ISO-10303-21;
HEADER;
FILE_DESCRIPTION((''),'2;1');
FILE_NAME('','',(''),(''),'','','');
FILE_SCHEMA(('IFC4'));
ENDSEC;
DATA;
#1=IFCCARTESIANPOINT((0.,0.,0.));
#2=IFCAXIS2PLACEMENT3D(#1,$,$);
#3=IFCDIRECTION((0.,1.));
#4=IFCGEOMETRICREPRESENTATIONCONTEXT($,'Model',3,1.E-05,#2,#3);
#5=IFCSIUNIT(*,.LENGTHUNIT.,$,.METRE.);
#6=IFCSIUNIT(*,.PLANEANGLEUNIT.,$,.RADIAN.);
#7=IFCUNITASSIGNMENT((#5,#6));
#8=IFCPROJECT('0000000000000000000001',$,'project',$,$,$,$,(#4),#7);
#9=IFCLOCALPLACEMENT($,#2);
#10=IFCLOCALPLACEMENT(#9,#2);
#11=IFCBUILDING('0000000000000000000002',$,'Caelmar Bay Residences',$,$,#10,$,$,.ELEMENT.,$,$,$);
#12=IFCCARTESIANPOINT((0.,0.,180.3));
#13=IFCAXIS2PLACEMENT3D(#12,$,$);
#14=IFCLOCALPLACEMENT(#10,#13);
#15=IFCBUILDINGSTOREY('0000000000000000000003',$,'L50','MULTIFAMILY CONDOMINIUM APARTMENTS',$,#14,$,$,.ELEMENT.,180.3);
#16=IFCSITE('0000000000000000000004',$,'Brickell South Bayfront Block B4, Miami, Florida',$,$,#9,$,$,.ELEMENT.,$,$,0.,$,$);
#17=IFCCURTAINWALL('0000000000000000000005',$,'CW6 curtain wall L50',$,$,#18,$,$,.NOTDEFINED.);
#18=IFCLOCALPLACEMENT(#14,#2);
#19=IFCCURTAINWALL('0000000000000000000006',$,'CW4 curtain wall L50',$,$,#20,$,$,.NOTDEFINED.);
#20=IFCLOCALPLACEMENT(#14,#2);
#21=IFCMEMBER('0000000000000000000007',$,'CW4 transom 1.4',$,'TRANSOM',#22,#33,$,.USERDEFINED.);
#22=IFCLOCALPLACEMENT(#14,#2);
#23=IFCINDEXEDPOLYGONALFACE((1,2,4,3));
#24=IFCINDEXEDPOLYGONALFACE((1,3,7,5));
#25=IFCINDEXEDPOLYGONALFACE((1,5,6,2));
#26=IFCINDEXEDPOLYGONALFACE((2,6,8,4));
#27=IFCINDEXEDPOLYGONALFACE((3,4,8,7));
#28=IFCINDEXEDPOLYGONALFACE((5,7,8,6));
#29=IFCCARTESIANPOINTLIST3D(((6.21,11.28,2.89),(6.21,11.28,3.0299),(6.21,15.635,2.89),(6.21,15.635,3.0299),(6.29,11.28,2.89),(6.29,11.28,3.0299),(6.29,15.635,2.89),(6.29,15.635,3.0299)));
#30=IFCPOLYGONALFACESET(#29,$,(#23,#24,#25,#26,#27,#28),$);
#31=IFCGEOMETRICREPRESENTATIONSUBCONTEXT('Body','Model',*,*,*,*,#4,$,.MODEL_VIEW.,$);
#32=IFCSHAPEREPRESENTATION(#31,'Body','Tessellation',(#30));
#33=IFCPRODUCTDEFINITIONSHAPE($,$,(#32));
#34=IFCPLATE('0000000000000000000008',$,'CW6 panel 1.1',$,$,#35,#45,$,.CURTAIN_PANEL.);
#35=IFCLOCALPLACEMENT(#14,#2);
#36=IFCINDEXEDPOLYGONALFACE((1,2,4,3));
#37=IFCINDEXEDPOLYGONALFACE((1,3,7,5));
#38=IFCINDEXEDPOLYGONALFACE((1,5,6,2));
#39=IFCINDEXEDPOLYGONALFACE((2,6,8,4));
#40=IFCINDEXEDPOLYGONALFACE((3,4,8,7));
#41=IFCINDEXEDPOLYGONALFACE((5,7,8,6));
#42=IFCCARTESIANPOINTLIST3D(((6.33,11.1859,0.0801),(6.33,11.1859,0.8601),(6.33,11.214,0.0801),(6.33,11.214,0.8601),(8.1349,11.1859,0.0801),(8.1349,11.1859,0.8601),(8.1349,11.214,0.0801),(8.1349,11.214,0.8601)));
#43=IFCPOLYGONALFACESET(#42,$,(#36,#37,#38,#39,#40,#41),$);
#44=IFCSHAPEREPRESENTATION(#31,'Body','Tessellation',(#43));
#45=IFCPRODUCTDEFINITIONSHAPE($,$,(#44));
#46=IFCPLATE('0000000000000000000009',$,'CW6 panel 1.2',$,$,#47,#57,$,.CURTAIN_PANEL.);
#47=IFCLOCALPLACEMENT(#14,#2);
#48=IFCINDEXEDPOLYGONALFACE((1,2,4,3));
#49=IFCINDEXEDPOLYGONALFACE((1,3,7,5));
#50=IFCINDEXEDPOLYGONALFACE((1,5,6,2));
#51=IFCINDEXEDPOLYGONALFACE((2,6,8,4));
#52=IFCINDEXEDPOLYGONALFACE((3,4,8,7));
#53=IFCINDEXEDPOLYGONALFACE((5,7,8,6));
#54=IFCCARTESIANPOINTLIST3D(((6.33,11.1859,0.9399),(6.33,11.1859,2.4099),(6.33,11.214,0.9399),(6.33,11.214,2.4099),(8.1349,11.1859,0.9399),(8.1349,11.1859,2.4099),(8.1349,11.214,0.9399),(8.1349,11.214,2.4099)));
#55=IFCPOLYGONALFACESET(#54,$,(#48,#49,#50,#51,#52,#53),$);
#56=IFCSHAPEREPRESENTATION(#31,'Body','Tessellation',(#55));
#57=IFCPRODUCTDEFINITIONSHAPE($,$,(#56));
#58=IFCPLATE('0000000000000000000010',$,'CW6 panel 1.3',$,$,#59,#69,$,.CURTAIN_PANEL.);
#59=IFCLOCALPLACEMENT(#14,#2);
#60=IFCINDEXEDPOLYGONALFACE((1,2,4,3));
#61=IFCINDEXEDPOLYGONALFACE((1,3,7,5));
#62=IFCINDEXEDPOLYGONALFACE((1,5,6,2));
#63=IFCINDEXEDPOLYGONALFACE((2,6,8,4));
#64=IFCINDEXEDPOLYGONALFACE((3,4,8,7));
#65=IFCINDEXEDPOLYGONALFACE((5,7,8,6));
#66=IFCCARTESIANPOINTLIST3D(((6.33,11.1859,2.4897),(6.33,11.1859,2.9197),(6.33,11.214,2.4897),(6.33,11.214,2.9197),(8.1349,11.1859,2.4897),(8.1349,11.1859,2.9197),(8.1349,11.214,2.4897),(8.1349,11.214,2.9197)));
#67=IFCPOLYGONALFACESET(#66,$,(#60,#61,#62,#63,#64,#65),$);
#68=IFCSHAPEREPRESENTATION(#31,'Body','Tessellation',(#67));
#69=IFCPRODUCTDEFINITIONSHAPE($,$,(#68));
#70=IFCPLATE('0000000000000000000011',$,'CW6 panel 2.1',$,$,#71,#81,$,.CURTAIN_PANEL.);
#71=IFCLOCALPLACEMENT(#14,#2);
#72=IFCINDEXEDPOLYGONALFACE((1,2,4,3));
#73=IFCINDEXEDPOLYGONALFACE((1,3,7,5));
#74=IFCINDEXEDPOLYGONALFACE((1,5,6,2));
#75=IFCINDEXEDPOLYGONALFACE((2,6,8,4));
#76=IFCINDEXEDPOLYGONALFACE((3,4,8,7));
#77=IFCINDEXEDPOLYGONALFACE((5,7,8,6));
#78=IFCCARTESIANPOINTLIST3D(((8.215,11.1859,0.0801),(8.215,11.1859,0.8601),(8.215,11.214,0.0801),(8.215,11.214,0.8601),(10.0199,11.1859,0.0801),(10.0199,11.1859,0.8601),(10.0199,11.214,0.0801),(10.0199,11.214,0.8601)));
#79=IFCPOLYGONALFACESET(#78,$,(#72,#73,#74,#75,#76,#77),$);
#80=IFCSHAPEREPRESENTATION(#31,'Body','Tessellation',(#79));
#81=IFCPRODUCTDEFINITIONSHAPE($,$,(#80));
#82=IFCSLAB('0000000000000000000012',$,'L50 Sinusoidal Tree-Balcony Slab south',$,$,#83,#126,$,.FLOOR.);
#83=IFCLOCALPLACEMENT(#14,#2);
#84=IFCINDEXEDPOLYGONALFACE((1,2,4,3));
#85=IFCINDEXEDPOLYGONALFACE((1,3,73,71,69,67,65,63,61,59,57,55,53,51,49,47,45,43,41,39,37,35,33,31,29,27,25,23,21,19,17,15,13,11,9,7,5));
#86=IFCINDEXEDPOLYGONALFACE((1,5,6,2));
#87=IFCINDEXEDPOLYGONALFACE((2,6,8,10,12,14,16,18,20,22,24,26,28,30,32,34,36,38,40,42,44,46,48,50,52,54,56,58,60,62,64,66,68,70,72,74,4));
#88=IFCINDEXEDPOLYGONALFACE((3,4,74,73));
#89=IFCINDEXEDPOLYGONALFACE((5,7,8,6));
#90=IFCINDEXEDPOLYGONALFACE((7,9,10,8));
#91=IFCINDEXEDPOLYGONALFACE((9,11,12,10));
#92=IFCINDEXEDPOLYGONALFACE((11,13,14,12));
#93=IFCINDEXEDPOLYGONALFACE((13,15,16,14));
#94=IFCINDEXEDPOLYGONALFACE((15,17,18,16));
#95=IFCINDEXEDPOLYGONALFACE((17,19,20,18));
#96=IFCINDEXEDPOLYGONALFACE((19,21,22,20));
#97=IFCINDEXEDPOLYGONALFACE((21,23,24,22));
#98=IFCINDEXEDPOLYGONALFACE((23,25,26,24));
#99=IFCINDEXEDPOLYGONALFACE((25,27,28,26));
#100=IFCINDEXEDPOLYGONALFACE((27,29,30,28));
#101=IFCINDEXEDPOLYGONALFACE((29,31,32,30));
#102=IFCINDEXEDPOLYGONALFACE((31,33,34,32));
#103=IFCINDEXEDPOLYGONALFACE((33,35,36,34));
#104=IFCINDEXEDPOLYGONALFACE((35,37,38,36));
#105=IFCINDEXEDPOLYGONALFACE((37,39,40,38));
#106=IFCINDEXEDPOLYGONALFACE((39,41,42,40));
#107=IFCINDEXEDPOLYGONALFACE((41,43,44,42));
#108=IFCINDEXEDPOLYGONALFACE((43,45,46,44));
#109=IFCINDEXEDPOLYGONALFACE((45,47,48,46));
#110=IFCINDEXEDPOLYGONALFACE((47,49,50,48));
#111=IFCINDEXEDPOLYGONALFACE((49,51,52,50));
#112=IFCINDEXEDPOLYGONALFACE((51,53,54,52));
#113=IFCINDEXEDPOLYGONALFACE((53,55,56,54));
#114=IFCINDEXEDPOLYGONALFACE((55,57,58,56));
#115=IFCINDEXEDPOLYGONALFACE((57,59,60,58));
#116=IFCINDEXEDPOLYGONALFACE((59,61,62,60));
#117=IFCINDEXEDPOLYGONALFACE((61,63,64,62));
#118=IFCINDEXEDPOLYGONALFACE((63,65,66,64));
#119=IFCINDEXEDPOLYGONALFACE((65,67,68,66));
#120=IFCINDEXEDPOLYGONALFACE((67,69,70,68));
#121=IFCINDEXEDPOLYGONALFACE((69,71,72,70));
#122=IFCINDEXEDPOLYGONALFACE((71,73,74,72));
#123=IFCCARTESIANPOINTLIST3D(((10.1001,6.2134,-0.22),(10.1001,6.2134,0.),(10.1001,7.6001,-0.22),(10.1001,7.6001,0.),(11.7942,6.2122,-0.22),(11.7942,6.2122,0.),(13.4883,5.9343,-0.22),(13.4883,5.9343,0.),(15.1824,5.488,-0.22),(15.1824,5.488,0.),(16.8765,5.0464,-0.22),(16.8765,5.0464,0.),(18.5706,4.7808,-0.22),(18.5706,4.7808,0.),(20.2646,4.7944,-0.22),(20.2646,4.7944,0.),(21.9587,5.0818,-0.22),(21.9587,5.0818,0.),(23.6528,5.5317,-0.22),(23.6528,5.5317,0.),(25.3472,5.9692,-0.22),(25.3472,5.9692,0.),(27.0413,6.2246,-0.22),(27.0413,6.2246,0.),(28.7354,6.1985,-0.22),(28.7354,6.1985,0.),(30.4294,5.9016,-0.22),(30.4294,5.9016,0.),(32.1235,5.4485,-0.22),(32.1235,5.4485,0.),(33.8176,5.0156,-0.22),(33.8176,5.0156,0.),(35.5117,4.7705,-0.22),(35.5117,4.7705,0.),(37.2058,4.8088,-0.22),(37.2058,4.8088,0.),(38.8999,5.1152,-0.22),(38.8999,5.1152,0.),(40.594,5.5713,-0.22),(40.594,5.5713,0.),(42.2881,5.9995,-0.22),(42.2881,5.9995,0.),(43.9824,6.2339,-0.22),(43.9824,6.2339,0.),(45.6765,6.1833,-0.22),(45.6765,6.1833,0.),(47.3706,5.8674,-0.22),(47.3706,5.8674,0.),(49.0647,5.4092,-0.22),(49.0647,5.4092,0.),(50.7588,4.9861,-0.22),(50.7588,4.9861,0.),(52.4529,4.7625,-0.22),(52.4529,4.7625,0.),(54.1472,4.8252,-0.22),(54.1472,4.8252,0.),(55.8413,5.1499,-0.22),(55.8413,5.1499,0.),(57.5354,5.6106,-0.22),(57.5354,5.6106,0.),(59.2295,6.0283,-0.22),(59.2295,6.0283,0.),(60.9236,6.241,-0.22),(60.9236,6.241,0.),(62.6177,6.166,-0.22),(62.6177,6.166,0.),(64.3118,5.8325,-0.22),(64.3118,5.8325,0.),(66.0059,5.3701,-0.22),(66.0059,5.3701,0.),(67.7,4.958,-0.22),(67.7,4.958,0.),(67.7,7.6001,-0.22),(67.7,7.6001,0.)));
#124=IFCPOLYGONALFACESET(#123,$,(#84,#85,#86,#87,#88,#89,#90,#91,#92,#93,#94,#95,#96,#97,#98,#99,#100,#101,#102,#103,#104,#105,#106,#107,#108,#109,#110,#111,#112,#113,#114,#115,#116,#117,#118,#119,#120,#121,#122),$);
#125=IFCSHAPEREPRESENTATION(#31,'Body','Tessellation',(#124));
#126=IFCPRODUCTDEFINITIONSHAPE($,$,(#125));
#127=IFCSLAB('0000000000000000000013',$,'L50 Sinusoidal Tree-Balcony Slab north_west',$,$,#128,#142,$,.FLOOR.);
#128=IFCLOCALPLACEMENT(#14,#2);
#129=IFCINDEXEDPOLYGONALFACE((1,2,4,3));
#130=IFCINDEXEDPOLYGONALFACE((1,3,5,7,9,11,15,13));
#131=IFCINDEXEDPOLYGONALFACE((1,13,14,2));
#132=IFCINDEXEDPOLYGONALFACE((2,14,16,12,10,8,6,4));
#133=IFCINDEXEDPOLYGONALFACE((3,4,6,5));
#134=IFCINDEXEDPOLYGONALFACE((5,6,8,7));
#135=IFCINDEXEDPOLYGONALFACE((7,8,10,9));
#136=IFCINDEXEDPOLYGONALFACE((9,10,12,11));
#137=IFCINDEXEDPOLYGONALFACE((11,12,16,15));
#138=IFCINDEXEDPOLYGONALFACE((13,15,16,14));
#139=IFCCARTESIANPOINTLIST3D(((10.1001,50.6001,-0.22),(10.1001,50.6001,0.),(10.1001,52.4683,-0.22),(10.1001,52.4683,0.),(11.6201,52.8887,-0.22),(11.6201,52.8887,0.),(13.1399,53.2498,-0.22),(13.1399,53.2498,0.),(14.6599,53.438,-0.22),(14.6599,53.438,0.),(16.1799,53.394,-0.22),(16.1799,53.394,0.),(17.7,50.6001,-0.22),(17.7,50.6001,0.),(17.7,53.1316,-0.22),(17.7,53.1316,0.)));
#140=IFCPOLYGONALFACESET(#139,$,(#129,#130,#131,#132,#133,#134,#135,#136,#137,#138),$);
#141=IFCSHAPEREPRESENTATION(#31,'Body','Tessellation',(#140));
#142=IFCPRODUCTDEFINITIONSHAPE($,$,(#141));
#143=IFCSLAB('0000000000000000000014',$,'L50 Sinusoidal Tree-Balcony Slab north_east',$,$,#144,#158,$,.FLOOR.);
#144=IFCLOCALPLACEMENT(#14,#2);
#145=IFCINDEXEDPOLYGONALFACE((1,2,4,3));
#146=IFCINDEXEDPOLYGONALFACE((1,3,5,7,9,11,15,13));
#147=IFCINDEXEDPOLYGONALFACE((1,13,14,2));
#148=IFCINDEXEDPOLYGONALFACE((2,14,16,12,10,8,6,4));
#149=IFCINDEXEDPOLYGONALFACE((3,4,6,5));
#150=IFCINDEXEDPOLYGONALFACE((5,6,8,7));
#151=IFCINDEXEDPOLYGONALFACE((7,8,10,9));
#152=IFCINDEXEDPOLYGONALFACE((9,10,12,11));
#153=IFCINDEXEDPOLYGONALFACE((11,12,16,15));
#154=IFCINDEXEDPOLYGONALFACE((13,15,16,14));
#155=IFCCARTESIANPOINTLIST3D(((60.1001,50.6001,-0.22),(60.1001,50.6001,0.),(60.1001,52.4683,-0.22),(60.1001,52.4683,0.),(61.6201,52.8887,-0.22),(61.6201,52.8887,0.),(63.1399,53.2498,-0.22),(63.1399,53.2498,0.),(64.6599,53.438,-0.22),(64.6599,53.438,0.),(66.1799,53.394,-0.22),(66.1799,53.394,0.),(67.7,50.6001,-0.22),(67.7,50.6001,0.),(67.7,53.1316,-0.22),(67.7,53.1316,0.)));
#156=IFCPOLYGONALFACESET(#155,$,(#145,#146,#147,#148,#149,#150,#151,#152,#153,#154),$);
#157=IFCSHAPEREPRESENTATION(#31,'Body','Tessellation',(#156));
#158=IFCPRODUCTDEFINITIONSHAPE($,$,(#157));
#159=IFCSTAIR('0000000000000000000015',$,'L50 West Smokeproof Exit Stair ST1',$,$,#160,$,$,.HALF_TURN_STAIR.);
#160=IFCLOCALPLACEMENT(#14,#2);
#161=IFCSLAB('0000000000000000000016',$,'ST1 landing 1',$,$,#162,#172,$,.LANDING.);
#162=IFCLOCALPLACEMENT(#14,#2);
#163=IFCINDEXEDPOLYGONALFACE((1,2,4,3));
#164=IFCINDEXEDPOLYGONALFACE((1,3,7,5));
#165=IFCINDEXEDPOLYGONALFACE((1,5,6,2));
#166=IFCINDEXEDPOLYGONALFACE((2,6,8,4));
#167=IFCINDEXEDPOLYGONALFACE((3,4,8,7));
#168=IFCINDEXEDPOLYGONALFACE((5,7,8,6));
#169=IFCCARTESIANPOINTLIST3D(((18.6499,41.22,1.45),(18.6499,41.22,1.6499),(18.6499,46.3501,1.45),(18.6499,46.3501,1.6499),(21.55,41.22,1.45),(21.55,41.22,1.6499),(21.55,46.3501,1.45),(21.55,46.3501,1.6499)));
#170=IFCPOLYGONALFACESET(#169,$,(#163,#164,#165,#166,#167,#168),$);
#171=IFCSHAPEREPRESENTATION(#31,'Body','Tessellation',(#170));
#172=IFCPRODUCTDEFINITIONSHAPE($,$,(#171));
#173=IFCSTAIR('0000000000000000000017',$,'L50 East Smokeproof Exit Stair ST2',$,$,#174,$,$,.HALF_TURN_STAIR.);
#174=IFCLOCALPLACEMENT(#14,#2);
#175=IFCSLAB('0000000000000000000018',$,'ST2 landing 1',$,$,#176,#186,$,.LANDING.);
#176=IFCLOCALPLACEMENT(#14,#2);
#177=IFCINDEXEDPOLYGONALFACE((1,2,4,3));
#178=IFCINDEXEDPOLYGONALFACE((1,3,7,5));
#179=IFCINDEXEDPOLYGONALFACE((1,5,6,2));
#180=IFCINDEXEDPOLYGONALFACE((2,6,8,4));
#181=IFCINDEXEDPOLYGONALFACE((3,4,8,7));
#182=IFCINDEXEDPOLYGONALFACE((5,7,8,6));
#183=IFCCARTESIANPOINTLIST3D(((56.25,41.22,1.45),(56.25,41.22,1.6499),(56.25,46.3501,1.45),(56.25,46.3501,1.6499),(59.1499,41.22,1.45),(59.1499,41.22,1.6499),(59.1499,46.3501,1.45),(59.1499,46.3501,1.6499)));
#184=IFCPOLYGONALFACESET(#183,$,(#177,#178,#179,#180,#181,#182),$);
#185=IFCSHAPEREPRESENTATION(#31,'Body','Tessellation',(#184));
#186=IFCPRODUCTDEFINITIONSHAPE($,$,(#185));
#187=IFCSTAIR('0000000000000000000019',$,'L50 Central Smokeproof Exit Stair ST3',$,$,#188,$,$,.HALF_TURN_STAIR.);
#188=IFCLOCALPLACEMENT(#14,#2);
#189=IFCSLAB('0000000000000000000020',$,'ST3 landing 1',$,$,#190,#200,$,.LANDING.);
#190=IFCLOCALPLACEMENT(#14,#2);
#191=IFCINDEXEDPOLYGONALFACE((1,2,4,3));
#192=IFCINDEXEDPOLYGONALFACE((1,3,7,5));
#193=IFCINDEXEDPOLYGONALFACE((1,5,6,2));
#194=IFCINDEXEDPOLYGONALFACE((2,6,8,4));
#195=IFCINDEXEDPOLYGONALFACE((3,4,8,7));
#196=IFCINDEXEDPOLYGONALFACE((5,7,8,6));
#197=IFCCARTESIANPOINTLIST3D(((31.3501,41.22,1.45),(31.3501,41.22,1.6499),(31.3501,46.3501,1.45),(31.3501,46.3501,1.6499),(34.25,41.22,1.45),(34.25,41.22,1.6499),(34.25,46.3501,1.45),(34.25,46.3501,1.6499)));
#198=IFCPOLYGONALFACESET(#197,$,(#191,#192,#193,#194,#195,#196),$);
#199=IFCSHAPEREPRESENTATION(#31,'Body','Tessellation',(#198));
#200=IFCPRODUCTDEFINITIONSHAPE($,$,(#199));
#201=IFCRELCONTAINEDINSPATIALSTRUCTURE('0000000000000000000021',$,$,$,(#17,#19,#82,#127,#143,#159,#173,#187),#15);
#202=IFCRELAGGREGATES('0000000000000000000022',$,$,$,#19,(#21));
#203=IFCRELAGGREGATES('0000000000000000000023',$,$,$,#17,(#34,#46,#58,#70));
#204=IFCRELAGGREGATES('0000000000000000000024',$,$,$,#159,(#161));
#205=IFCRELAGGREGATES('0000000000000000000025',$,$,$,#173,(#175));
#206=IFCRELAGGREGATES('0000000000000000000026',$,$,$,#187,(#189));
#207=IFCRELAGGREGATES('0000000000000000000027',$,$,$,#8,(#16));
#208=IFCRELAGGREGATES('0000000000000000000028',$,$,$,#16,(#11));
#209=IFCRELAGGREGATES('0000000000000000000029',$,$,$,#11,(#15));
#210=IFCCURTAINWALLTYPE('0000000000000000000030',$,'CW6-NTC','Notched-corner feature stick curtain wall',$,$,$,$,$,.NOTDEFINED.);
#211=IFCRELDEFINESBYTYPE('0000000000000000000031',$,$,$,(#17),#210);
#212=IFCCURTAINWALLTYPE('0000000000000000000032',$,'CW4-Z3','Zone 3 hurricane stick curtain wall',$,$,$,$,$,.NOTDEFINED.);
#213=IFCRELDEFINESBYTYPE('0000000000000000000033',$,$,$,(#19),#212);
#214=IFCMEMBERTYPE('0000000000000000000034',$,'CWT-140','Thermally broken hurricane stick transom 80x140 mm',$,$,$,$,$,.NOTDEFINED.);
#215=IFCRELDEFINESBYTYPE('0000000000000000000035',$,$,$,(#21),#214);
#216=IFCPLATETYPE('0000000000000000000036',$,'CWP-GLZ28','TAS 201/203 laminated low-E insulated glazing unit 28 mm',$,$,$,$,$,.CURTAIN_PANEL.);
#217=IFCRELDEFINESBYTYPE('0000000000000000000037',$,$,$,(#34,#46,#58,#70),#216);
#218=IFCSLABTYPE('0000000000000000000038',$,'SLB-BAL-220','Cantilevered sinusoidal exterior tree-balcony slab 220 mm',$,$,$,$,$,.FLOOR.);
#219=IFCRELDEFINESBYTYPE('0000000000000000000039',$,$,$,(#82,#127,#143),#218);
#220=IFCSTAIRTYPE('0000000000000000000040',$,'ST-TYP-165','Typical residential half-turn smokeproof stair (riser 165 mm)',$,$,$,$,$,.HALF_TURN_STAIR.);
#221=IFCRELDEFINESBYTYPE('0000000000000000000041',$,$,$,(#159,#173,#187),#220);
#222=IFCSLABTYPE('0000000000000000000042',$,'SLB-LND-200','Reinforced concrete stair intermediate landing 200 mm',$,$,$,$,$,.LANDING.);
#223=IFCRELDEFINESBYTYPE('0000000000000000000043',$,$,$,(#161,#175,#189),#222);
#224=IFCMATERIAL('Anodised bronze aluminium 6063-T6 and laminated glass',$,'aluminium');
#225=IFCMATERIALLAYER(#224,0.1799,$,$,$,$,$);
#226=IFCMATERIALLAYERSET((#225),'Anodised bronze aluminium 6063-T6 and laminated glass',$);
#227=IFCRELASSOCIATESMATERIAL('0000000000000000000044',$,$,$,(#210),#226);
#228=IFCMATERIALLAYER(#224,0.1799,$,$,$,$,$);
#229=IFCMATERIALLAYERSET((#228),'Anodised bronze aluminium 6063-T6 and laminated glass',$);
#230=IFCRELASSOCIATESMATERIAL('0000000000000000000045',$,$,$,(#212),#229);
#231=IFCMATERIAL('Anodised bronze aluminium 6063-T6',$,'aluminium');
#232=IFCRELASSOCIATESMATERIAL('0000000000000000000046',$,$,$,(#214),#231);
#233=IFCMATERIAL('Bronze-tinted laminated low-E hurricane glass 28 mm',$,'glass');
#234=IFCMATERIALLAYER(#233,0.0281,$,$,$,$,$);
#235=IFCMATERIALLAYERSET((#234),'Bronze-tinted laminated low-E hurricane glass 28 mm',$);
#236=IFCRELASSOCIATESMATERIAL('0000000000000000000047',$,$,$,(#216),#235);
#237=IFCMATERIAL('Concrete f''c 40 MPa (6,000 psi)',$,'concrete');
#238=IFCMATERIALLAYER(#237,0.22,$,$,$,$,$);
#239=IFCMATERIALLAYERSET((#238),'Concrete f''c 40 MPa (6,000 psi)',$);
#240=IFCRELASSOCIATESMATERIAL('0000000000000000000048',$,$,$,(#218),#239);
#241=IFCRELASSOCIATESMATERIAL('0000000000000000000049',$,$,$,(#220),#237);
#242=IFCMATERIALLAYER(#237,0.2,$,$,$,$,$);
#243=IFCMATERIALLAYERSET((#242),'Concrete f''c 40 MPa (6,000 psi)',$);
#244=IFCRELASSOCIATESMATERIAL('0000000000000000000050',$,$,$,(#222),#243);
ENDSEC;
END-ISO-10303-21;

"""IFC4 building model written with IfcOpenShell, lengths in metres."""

from ifc_helpers import new_model, si_unit, direction, frame, origin, origin_2d, place, context, subcontext, project, spatial, polyline, rectangle, outline, extrude, material, layer, layer_set, material_profile, profile_set, type_object, element, aggregate, save


model = new_model("IFC4")

# Units and contexts
model_context = context("Model", 3, precision=1e-05, world=origin(), true_north=direction((0.0, 1.0)))
body_context = subcontext(model_context, "Body", "Model", "MODEL_VIEW")
ifc_project = project(units=[si_unit("LENGTHUNIT", "METRE"), si_unit("PLANEANGLEUNIT", "RADIAN")], contexts=[model_context])

# Site, building, storey
site_placement = place(None, origin())
site = spatial("IfcSite", under=ifc_project, at=site_placement, Name="Brickell South Bayfront Block B4, Miami, Florida", CompositionType="ELEMENT", RefElevation=0.0)
building_placement = place(site_placement, origin())
building = spatial("IfcBuilding", under=site, at=building_placement, Name="Caelmar Bay Residences", CompositionType="ELEMENT")
storey_placement = place(building_placement, frame((0.0, 0.0, 180.3)))
storey = spatial("IfcBuildingStorey", under=building, at=storey_placement, Name="L50", Description="MULTIFAMILY CONDOMINIUM APARTMENTS", CompositionType="ELEMENT", Elevation=180.3)

# Curtain wall
ifc_material_1 = material(Name="Anodised bronze aluminium 6063-T6 and laminated glass", Category="aluminium")
ifc_layer_1 = layer(ifc_material_1, 0.1799)
ifc_layer_set_1 = layer_set([ifc_layer_1], Name="Anodised bronze aluminium 6063-T6 and laminated glass")
curtain_wall_type_1 = type_object("IfcCurtainWallType", Name="CW6-NTC", Description="Notched-corner feature stick curtain wall", PredefinedType="NOTDEFINED", material=ifc_layer_set_1)
curtain_wall_1_placement = place(storey_placement, origin())
curtain_wall_1 = element("IfcCurtainWall", 1, at=curtain_wall_1_placement, inside=storey, type_object=curtain_wall_type_1, Name="CW6 curtain wall L50", PredefinedType="NOTDEFINED")
ifc_material_2 = material(Name="Anodised bronze aluminium 6063-T6", Category="aluminium")

# Curtain wall
ifc_layer_2 = layer(ifc_material_1, 0.1799)
ifc_layer_set_2 = layer_set([ifc_layer_2], Name="Anodised bronze aluminium 6063-T6 and laminated glass")
curtain_wall_type_2 = type_object("IfcCurtainWallType", Name="CW4-Z3", Description="Zone 3 hurricane stick curtain wall", PredefinedType="NOTDEFINED", material=ifc_layer_set_2)
curtain_wall_2_placement = place(storey_placement, origin())
curtain_wall_2 = element("IfcCurtainWall", 2, at=curtain_wall_2_placement, inside=storey, type_object=curtain_wall_type_2, Name="CW4 curtain wall L50", PredefinedType="NOTDEFINED")

# Member
ifc_material_profile_1 = material_profile(ifc_material_2, rectangle(XDim=0.0801, YDim=0.1399, at=origin_2d()), Name="CWT-80X140")
ifc_profile_set_1 = profile_set([ifc_material_profile_1], Name="Anodised bronze aluminium 6063-T6")
member_type_1 = type_object("IfcMemberType", Name="CWT-140", Description="Thermally broken hurricane stick transom 80x140 mm", PredefinedType="NOTDEFINED", material=ifc_profile_set_1)
member_1_placement = place(storey_placement, frame((6.25, 11.28, 2.96), z_axis=(0.0, 1.0, 0.0), x_axis=(-1.0, 0.0, 0.0)))
member_1 = element("IfcMember", 3, at=member_1_placement, type_object=member_type_1, Name="CW4 transom 1.4", ObjectType="TRANSOM", PredefinedType="USERDEFINED", context=body_context, shape_type="SweptSolid", body=[
    extrude(rectangle(XDim=0.0801, YDim=0.1399, at=origin_2d()), origin(), (0.0, 0.0, 1.0), 4.355),
])
aggregate(curtain_wall_2, [member_1])

# Plates
ifc_material_3 = material(Name="Bronze-tinted laminated low-E hurricane glass 28 mm", Category="glass")
ifc_layer_3 = layer(ifc_material_3, 0.0281)
ifc_layer_set_3 = layer_set([ifc_layer_3], Name="Bronze-tinted laminated low-E hurricane glass 28 mm")
plate_type = type_object("IfcPlateType", Name="CWP-GLZ28", Description="TAS 201/203 laminated low-E insulated glazing unit 28 mm", PredefinedType="CURTAIN_PANEL", material=ifc_layer_set_3)
plate_1_placement = place(storey_placement, frame((7.2324, 11.2, 0.0801), z_axis=(0.0, 0.0, 1.0), x_axis=(1.0, 0.0, 0.0)))
plate_1 = element("IfcPlate", 4, at=plate_1_placement, type_object=plate_type, Name="CW6 panel 1.1", PredefinedType="CURTAIN_PANEL", context=body_context, shape_type="SweptSolid", body=[
    extrude(rectangle(XDim=1.8049, YDim=0.0281, at=origin_2d()), origin(), (0.0, 0.0, 1.0), 0.78),
])
plate_2_placement = place(storey_placement, frame((7.2324, 11.2, 0.9399), z_axis=(0.0, 0.0, 1.0), x_axis=(1.0, 0.0, 0.0)))
plate_2 = element("IfcPlate", 5, at=plate_2_placement, type_object=plate_type, Name="CW6 panel 1.2", PredefinedType="CURTAIN_PANEL", context=body_context, shape_type="SweptSolid", body=[
    extrude(rectangle(XDim=1.8049, YDim=0.0281, at=origin_2d()), origin(), (0.0, 0.0, 1.0), 1.47),
])
plate_3_placement = place(storey_placement, frame((7.2324, 11.2, 2.4897), z_axis=(0.0, 0.0, 1.0), x_axis=(1.0, 0.0, 0.0)))
plate_3 = element("IfcPlate", 6, at=plate_3_placement, type_object=plate_type, Name="CW6 panel 1.3", PredefinedType="CURTAIN_PANEL", context=body_context, shape_type="SweptSolid", body=[
    extrude(rectangle(XDim=1.8049, YDim=0.0281, at=origin_2d()), origin(), (0.0, 0.0, 1.0), 0.4299),
])
plate_4_placement = place(storey_placement, frame((9.1174, 11.2, 0.0801), z_axis=(0.0, 0.0, 1.0), x_axis=(1.0, 0.0, 0.0)))
plate_4 = element("IfcPlate", 7, at=plate_4_placement, type_object=plate_type, Name="CW6 panel 2.1", PredefinedType="CURTAIN_PANEL", context=body_context, shape_type="SweptSolid", body=[
    extrude(rectangle(XDim=1.8049, YDim=0.0281, at=origin_2d()), origin(), (0.0, 0.0, 1.0), 0.78),
])
aggregate(curtain_wall_1, [plate_1, plate_2, plate_3, plate_4])

# Slabs
ifc_material_4 = material(Name="Concrete f'c 40 MPa (6,000 psi)", Category="concrete")
ifc_layer_4 = layer(ifc_material_4, 0.22)
ifc_layer_set_4 = layer_set([ifc_layer_4], Name="Concrete f'c 40 MPa (6,000 psi)")
slab_type_1 = type_object("IfcSlabType", Name="SLB-BAL-220", Description="Cantilevered sinusoidal exterior tree-balcony slab 220 mm", PredefinedType="FLOOR", material=ifc_layer_set_4)
slab_1_placement = place(storey_placement, frame((0.0, 0.0, -0.22)))
element("IfcSlab", 8, at=slab_1_placement, inside=storey, type_object=slab_type_1, Name="L50 Sinusoidal Tree-Balcony Slab south", PredefinedType="FLOOR", context=body_context, shape_type="SweptSolid", body=[
    extrude(outline(polyline([(10.1001, 6.2134), (11.7942, 6.2122), (13.4883, 5.9343), (15.1824, 5.488), (16.8765, 5.0464), (18.5706, 4.7808), (20.2646, 4.7944), (21.9587, 5.0818), (23.6528, 5.5317), (25.3472, 5.9692), (27.0413, 6.2246), (28.7354, 6.1985), (30.4294, 5.9016), (32.1235, 5.4485), (33.8176, 5.0156), (35.5117, 4.7705), (37.2058, 4.8088), (38.8999, 5.1152), (40.594, 5.5713), (42.2881, 5.9995), (43.9824, 6.2339), (45.6765, 6.1833), (47.3706, 5.8674), (49.0647, 5.4092), (50.7588, 4.9861), (52.4529, 4.7625), (54.1472, 4.8252), (55.8413, 5.1499), (57.5354, 5.6106), (59.2295, 6.0283), (60.9236, 6.241), (62.6177, 6.166), (64.3118, 5.8325), (66.0059, 5.3701), (67.7, 4.958), (67.7, 7.6001), (10.1001, 7.6001), (10.1001, 6.2134)])), origin(), (0.0, 0.0, 1.0), 0.22),
])
slab_2_placement = place(storey_placement, frame((0.0, 0.0, -0.22)))
element("IfcSlab", 9, at=slab_2_placement, inside=storey, type_object=slab_type_1, Name="L50 Sinusoidal Tree-Balcony Slab north_west", PredefinedType="FLOOR", context=body_context, shape_type="SweptSolid", body=[
    extrude(outline(polyline([(10.1001, 50.6001), (17.7, 50.6001), (17.7, 53.1316), (16.1799, 53.394), (14.6599, 53.438), (13.1399, 53.2498), (11.6201, 52.8887), (10.1001, 52.4683), (10.1001, 50.6001)])), origin(), (0.0, 0.0, 1.0), 0.22),
])
slab_3_placement = place(storey_placement, frame((0.0, 0.0, -0.22)))
element("IfcSlab", 10, at=slab_3_placement, inside=storey, type_object=slab_type_1, Name="L50 Sinusoidal Tree-Balcony Slab north_east", PredefinedType="FLOOR", context=body_context, shape_type="SweptSolid", body=[
    extrude(outline(polyline([(60.1001, 50.6001), (67.7, 50.6001), (67.7, 53.1316), (66.1799, 53.394), (64.6599, 53.438), (63.1399, 53.2498), (61.6201, 52.8887), (60.1001, 52.4683), (60.1001, 50.6001)])), origin(), (0.0, 0.0, 1.0), 0.22),
])

# Stairs, slabs
stair_type = type_object("IfcStairType", Name="ST-TYP-165", Description="Typical residential half-turn smokeproof stair (riser 165 mm)", PredefinedType="HALF_TURN_STAIR", material=ifc_material_4)
stair_1_placement = place(storey_placement, origin())
stair_1 = element("IfcStair", 11, at=stair_1_placement, inside=storey, type_object=stair_type, Name="L50 West Smokeproof Exit Stair ST1", PredefinedType="HALF_TURN_STAIR")
ifc_layer_5 = layer(ifc_material_4, 0.2)
ifc_layer_set_5 = layer_set([ifc_layer_5], Name="Concrete f'c 40 MPa (6,000 psi)")
slab_type_2 = type_object("IfcSlabType", Name="SLB-LND-200", Description="Reinforced concrete stair intermediate landing 200 mm", PredefinedType="LANDING", material=ifc_layer_set_5)
slab_4_placement = place(storey_placement, frame((0.0, 0.0, 1.45)))
slab_4 = element("IfcSlab", 12, at=slab_4_placement, type_object=slab_type_2, Name="ST1 landing 1", PredefinedType="LANDING", context=body_context, shape_type="SweptSolid", body=[
    extrude(outline(polyline([(21.55, 41.22), (21.55, 46.3501), (18.6499, 46.3501), (18.6499, 41.22), (21.55, 41.22)])), origin(), (0.0, 0.0, 1.0), 0.2),
])
aggregate(stair_1, [slab_4])
stair_2_placement = place(storey_placement, origin())
stair_2 = element("IfcStair", 13, at=stair_2_placement, inside=storey, type_object=stair_type, Name="L50 East Smokeproof Exit Stair ST2", PredefinedType="HALF_TURN_STAIR")
slab_5_placement = place(storey_placement, frame((0.0, 0.0, 1.45)))
slab_5 = element("IfcSlab", 14, at=slab_5_placement, type_object=slab_type_2, Name="ST2 landing 1", PredefinedType="LANDING", context=body_context, shape_type="SweptSolid", body=[
    extrude(outline(polyline([(59.1499, 41.22), (59.1499, 46.3501), (56.25, 46.3501), (56.25, 41.22), (59.1499, 41.22)])), origin(), (0.0, 0.0, 1.0), 0.2),
])
aggregate(stair_2, [slab_5])
stair_3_placement = place(storey_placement, origin())
stair_3 = element("IfcStair", 15, at=stair_3_placement, inside=storey, type_object=stair_type, Name="L50 Central Smokeproof Exit Stair ST3", PredefinedType="HALF_TURN_STAIR")
slab_6_placement = place(storey_placement, frame((0.0, 0.0, 1.45)))
slab_6 = element("IfcSlab", 16, at=slab_6_placement, type_object=slab_type_2, Name="ST3 landing 1", PredefinedType="LANDING", context=body_context, shape_type="SweptSolid", body=[
    extrude(outline(polyline([(34.25, 41.22), (34.25, 46.3501), (31.3501, 46.3501), (31.3501, 41.22), (34.25, 41.22)])), origin(), (0.0, 0.0, 1.0), 0.2),
])
aggregate(stair_3, [slab_6])

save(model, "model.ifc")
